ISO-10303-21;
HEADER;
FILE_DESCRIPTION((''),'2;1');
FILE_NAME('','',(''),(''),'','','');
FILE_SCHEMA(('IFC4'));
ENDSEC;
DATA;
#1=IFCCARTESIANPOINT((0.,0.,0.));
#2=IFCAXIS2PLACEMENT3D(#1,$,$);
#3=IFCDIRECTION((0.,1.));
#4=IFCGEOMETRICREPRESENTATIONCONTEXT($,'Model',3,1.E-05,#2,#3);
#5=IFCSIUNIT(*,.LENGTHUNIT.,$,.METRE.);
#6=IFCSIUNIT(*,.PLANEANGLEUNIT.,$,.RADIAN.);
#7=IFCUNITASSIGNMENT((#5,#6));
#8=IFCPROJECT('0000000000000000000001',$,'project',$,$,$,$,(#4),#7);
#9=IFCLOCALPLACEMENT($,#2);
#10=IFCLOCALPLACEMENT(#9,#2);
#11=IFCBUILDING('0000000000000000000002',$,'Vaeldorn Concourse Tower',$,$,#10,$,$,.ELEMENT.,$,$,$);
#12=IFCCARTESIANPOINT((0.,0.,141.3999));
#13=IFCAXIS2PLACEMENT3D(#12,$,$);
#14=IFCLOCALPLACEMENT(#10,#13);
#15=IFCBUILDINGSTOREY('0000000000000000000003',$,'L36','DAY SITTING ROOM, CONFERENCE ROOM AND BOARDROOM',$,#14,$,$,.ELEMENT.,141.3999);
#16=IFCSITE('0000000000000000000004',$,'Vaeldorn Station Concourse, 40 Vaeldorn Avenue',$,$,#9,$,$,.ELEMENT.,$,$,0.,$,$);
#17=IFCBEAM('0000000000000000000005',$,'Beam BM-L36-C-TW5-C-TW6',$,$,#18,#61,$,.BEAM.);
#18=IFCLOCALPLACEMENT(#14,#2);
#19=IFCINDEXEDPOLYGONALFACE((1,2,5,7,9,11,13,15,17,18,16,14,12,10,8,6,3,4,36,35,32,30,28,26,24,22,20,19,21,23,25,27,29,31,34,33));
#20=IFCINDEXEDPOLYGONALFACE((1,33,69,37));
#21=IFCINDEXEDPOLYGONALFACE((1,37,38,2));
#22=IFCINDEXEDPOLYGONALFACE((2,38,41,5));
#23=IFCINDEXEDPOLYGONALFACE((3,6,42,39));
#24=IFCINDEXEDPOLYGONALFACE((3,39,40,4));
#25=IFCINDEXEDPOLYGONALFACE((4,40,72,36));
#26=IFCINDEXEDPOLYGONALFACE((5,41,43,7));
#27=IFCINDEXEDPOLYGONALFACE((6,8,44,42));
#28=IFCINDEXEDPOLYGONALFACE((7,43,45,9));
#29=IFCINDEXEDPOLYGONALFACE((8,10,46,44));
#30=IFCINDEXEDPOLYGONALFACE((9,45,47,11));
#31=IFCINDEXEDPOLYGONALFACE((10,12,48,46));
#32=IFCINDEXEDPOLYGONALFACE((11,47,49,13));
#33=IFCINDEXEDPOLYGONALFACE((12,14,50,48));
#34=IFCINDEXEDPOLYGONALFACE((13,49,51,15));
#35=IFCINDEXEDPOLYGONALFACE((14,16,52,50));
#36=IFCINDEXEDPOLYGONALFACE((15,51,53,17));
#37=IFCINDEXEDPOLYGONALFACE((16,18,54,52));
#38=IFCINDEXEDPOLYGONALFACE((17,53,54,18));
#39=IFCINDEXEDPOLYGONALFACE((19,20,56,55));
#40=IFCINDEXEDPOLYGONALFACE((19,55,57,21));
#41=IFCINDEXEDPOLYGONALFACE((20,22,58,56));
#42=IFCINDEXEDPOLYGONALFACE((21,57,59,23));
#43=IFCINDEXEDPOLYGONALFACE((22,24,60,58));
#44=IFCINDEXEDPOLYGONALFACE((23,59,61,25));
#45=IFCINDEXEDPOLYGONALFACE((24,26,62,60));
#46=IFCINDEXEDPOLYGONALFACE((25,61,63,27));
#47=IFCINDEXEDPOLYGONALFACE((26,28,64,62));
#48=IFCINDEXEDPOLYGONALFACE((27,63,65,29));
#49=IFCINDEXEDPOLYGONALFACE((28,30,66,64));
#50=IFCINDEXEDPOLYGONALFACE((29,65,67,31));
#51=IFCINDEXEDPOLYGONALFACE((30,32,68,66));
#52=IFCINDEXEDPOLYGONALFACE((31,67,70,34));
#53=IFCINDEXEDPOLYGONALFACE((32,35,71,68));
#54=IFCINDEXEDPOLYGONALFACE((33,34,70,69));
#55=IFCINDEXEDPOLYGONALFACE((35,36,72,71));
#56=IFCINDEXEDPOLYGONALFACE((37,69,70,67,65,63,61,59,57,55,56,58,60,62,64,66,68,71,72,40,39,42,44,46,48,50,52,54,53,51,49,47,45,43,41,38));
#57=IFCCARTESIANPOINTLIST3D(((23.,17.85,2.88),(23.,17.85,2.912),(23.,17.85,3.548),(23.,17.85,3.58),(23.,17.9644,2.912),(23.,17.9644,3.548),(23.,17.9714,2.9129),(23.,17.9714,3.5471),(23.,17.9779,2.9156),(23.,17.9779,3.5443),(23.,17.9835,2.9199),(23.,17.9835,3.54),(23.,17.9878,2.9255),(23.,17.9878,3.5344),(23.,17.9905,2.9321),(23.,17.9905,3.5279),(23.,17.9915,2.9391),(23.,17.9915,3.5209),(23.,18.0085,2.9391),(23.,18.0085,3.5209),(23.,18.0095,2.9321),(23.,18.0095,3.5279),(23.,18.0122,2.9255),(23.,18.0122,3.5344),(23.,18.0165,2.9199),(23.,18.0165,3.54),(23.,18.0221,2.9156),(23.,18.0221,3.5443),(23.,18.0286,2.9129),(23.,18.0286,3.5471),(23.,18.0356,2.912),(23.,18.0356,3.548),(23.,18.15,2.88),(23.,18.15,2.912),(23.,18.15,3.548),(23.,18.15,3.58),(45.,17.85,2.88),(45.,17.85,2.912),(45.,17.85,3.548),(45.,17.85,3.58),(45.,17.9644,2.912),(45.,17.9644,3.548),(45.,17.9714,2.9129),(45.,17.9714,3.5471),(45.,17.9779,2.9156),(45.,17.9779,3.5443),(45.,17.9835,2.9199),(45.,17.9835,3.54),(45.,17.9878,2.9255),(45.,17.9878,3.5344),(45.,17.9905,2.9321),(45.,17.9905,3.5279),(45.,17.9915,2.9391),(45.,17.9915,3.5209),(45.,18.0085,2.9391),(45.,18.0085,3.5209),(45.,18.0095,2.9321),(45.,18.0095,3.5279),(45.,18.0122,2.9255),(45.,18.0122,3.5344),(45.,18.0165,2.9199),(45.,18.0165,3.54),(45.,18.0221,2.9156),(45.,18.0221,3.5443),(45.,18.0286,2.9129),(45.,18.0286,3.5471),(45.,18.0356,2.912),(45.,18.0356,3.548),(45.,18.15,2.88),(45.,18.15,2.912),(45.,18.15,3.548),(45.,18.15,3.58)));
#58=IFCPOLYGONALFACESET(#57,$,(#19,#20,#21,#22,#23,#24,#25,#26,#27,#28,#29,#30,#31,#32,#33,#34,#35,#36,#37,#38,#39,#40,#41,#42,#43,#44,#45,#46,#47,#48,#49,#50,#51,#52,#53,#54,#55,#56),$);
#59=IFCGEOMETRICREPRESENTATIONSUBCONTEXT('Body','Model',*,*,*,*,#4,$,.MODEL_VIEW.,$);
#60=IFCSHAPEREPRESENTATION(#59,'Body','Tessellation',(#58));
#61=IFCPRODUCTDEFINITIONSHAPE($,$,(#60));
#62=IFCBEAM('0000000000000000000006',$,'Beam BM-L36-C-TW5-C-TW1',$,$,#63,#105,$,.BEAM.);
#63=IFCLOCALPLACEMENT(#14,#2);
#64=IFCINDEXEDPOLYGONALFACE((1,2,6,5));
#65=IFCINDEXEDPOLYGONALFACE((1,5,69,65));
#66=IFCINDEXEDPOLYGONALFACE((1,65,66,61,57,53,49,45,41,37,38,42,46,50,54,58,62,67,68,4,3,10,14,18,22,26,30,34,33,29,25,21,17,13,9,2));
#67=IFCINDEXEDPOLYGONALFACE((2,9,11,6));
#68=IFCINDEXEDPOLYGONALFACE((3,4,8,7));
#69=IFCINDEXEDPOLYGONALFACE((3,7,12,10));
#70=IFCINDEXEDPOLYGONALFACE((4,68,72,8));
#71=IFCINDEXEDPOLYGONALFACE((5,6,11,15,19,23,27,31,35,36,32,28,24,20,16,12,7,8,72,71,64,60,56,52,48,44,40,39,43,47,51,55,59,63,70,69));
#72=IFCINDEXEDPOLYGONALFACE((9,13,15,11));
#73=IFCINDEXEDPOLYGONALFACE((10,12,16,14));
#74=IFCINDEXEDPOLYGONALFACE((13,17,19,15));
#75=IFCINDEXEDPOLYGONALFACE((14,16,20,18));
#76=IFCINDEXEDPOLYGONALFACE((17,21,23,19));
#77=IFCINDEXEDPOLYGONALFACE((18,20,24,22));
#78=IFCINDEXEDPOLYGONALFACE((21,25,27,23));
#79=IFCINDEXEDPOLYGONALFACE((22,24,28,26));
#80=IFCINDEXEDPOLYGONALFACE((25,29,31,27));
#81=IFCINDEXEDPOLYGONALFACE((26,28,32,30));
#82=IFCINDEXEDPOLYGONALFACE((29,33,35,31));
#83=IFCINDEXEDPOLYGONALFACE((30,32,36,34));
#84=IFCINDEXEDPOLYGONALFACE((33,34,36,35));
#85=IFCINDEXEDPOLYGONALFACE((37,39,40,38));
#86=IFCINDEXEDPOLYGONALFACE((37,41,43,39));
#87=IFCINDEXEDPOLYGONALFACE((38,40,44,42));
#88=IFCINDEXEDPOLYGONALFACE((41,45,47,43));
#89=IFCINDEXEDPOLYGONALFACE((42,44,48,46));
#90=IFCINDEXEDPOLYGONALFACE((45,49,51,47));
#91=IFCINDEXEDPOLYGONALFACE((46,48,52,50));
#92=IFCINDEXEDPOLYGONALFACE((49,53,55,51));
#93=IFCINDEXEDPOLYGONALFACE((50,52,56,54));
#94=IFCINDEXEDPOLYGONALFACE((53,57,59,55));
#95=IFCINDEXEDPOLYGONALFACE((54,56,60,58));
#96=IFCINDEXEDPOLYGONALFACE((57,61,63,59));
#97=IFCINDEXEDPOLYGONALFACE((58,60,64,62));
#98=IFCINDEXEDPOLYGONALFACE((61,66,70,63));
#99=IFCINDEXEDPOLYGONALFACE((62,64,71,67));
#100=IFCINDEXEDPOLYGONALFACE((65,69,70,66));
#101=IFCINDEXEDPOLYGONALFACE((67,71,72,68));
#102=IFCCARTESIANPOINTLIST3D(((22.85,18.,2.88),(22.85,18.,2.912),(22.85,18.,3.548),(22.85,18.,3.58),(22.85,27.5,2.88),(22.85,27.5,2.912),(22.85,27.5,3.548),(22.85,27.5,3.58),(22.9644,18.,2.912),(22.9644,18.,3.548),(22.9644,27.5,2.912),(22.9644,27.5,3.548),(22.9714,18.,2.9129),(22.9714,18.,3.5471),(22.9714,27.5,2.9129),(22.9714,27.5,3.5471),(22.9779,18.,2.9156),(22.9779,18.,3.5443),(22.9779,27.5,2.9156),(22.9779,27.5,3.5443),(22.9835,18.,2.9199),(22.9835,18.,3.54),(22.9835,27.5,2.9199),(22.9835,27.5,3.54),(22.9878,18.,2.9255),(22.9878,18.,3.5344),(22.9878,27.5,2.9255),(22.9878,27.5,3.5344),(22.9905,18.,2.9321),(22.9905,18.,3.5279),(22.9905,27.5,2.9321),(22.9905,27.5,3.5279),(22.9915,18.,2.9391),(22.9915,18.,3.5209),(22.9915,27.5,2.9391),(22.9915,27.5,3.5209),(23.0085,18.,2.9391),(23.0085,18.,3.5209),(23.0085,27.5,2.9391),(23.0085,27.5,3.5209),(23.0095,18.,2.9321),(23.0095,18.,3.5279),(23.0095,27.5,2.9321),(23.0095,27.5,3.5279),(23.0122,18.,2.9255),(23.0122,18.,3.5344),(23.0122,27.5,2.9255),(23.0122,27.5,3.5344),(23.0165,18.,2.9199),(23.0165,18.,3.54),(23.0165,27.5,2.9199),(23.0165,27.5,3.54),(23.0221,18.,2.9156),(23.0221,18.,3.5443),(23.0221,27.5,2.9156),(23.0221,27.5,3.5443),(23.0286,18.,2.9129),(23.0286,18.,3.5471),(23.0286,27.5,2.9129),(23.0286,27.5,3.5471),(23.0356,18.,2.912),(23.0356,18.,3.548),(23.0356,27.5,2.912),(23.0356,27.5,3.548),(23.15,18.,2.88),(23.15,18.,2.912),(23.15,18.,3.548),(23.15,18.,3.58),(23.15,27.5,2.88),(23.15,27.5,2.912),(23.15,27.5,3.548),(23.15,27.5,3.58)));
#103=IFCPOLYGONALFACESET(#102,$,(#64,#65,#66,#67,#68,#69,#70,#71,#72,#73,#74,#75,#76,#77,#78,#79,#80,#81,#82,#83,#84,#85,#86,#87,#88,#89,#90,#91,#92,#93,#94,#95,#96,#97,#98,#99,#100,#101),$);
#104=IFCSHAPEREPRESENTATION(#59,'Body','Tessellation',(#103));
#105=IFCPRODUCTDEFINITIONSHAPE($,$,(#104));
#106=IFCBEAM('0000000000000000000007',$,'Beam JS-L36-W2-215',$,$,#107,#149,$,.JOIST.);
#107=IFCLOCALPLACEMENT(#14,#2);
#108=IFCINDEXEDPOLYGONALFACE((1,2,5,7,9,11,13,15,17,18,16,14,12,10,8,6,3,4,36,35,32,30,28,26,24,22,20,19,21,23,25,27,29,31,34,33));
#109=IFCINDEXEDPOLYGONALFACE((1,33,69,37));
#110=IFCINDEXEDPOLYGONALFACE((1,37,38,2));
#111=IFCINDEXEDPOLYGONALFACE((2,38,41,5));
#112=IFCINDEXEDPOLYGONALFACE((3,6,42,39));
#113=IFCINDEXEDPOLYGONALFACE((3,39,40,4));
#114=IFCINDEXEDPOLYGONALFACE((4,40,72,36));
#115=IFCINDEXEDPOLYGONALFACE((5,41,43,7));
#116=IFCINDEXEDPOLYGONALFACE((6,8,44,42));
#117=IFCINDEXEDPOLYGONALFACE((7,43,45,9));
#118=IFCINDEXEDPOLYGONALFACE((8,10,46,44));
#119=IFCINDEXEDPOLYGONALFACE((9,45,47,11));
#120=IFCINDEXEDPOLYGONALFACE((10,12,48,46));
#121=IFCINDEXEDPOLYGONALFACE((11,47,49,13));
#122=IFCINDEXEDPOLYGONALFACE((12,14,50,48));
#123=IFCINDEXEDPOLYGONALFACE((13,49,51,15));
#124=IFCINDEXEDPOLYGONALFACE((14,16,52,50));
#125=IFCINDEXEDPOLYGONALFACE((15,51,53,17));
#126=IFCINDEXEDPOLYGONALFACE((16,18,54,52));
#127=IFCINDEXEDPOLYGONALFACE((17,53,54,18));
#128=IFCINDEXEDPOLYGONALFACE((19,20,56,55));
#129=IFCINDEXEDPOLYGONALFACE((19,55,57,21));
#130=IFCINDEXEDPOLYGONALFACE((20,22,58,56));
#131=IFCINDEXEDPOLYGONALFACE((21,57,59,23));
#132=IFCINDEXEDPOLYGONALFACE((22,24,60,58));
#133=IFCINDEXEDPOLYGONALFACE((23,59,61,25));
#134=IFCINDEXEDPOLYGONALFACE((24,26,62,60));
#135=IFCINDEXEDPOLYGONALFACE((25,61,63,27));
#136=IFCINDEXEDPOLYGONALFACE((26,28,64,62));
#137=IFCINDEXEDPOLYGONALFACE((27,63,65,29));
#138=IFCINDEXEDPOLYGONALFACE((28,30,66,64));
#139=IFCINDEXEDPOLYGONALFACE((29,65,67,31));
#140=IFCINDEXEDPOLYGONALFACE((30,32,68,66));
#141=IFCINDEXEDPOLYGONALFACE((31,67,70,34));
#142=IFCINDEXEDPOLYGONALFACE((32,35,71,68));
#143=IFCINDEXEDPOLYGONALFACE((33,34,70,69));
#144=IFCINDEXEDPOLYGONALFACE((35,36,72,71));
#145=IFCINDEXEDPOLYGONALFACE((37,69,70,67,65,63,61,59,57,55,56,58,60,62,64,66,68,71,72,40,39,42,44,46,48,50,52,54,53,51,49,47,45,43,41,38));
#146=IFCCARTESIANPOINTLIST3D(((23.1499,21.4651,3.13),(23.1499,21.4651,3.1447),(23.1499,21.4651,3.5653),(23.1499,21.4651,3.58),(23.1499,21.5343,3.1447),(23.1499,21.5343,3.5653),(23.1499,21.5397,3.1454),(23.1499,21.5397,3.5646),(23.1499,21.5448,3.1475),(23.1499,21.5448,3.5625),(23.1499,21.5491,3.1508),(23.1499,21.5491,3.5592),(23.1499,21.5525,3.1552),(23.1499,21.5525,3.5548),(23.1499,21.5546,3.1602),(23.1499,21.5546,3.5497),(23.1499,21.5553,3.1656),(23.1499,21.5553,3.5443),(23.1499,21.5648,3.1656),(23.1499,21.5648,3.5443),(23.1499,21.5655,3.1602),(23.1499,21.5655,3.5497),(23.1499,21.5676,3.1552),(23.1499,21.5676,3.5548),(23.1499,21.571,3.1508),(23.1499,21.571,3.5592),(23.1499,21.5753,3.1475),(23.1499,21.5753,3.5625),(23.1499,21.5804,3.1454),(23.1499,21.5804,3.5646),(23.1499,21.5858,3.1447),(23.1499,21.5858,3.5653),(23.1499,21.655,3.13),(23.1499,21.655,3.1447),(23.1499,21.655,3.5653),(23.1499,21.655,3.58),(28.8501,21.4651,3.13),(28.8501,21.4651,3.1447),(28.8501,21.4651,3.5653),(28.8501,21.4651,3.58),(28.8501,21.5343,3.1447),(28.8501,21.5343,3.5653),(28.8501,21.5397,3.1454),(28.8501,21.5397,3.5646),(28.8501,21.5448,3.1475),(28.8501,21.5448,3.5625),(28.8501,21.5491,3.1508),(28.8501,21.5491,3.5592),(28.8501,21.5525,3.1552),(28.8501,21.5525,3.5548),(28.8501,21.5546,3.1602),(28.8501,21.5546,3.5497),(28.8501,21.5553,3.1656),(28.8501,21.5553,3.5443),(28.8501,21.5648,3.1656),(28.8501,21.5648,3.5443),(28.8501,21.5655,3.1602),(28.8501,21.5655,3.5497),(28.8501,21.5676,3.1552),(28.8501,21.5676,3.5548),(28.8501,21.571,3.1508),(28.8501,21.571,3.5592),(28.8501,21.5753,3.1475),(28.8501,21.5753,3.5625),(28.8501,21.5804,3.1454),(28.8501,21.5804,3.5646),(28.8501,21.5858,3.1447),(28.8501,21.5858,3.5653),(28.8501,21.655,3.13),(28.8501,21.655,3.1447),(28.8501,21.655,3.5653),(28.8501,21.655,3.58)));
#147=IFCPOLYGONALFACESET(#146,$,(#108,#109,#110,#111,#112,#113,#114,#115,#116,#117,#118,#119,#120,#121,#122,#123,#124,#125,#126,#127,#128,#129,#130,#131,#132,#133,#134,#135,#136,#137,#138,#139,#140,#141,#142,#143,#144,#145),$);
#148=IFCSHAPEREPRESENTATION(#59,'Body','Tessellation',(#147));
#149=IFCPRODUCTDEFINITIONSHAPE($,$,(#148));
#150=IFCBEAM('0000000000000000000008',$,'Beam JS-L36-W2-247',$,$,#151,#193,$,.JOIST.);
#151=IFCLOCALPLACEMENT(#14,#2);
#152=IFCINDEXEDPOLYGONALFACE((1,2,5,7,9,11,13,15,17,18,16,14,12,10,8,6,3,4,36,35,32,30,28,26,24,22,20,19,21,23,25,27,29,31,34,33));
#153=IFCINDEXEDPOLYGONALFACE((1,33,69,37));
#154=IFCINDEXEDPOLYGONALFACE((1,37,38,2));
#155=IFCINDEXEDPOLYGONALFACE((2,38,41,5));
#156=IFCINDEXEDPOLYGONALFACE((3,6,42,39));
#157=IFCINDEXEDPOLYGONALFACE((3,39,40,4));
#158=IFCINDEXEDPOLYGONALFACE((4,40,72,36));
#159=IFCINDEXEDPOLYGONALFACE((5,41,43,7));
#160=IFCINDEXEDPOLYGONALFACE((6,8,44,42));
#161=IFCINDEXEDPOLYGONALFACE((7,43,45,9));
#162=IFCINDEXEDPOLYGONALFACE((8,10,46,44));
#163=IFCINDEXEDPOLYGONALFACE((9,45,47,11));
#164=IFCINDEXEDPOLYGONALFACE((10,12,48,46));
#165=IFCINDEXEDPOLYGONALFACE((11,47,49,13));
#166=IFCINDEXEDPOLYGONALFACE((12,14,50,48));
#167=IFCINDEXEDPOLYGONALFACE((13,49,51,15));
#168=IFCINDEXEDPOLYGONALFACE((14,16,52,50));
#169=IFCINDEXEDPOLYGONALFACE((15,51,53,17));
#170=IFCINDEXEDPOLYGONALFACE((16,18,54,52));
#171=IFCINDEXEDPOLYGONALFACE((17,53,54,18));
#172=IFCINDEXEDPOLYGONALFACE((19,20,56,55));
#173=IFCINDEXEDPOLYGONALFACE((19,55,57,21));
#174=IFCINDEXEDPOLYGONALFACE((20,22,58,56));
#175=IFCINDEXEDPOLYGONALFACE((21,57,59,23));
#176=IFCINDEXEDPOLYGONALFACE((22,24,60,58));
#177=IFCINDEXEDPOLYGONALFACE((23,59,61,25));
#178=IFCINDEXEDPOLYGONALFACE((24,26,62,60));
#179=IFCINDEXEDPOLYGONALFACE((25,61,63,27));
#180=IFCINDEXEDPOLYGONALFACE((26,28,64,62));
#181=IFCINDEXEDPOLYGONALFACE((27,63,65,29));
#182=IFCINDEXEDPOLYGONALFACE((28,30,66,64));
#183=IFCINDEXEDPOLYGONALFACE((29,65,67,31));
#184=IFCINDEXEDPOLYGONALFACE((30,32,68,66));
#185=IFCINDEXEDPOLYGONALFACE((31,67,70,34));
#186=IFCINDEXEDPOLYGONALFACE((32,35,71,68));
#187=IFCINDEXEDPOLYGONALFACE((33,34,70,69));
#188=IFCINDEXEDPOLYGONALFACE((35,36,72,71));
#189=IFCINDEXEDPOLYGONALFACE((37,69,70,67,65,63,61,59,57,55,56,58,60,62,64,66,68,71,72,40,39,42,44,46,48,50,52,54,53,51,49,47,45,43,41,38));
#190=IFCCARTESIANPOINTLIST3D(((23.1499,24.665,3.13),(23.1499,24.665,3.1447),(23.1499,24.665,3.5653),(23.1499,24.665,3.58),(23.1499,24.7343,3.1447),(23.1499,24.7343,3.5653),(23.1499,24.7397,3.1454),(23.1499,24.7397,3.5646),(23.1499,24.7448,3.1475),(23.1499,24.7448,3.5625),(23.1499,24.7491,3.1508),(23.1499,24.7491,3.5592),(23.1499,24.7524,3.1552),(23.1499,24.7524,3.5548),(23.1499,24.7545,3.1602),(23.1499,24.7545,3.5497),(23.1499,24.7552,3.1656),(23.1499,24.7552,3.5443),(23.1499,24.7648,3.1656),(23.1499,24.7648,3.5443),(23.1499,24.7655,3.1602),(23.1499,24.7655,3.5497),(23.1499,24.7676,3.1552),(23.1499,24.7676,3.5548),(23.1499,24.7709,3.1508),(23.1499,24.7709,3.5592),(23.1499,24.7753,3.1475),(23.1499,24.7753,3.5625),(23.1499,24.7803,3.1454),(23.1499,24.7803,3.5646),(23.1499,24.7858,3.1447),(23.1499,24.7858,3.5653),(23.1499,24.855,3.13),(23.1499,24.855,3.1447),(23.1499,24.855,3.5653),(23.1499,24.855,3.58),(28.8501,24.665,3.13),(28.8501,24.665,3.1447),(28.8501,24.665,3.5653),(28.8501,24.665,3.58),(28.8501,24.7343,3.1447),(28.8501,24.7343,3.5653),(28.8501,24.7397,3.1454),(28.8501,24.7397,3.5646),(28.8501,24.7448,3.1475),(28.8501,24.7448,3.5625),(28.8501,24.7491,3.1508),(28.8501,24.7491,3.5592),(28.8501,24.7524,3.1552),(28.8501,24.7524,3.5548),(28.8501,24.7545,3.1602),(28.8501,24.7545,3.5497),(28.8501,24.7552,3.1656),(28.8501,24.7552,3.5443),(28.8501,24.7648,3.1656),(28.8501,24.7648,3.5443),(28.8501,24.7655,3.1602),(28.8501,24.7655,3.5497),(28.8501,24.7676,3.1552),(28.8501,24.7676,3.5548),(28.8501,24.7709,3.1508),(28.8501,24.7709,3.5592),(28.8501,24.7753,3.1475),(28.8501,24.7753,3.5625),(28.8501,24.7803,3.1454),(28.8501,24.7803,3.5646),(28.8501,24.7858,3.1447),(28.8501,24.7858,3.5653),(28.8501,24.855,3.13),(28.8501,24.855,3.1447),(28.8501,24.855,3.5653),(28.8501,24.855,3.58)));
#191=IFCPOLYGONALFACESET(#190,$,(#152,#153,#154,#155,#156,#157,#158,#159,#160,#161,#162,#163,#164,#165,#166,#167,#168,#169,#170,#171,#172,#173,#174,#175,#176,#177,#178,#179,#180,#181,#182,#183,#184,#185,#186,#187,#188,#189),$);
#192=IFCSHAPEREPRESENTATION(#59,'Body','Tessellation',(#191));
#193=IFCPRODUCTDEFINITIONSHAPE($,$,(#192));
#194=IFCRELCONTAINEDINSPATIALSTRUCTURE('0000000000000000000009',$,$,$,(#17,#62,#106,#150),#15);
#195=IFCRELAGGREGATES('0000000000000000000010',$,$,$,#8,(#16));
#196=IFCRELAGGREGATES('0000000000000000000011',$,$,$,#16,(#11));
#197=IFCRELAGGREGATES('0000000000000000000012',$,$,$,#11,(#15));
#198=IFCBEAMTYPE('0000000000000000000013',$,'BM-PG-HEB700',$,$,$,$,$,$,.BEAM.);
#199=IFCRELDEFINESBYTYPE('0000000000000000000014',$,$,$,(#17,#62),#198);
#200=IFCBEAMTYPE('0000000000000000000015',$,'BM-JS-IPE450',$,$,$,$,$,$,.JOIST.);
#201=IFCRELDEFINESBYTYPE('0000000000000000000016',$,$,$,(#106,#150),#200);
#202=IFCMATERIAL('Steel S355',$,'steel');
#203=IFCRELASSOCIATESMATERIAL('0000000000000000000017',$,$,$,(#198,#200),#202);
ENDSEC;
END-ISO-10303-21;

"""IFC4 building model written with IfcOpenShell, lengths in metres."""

from ifc_helpers import new_model, si_unit, direction, frame, origin, origin_2d, place, context, subcontext, project, spatial, i_section, extrude, source, transform, mapped, material, material_profile, profile_set, type_object, element, save


model = new_model("IFC4")

# Units and contexts
model_context = context("Model", 3, precision=1e-05, world=origin(), true_north=direction((0.0, 1.0)))
body_context = subcontext(model_context, "Body", "Model", "MODEL_VIEW")
ifc_project = project(units=[si_unit("LENGTHUNIT", "METRE"), si_unit("PLANEANGLEUNIT", "RADIAN")], contexts=[model_context])

# Site, building, storey
site_placement = place(None, origin())
site = spatial("IfcSite", under=ifc_project, at=site_placement, Name="Vaeldorn Station Concourse, 40 Vaeldorn Avenue", CompositionType="ELEMENT", RefElevation=0.0)
building_placement = place(site_placement, origin())
building = spatial("IfcBuilding", under=site, at=building_placement, Name="Vaeldorn Concourse Tower", CompositionType="ELEMENT")
storey_placement = place(building_placement, frame((0.0, 0.0, 141.3999)))
storey = spatial("IfcBuildingStorey", under=building, at=storey_placement, Name="L36", Description="DAY SITTING ROOM, CONFERENCE ROOM AND BOARDROOM", CompositionType="ELEMENT", Elevation=141.3999)

# Beams
ifc_material_1 = material(Name="Steel S355", Category="steel")
ifc_material_profile_1 = material_profile(ifc_material_1, i_section(OverallWidth=0.3, OverallDepth=0.7, WebThickness=0.0171, FlangeThickness=0.032, FilletRadius=0.0271, at=origin_2d()), Name="HEB 700")
ifc_profile_set_1 = profile_set([ifc_material_profile_1], Name="Steel S355")
beam_type_1 = type_object("IfcBeamType", Name="BM-PG-HEB700", PredefinedType="BEAM", material=ifc_profile_set_1)
shared_shape_1 = source(origin(), body_context, "Body", "SweptSolid", [
    extrude(i_section(OverallWidth=0.3, OverallDepth=0.7, WebThickness=0.0171, FlangeThickness=0.032, FilletRadius=0.0271, at=origin_2d()), origin(), (0.0, 0.0, 1.0), 22.0),
])
beam_1_placement = place(storey_placement, frame((23.0, 18.0, 3.23), z_axis=(1.0, 0.0, 0.0), x_axis=(0.0, 1.0, 0.0)))
element("IfcBeam", 1, at=beam_1_placement, inside=storey, type_object=beam_type_1, Name="Beam BM-L36-C-TW5-C-TW6", PredefinedType="BEAM", context=body_context, shape_type="MappedRepresentation", body=[
    mapped(shared_shape_1, transform((0.0, 0.0, 0.0), scale=1.0)),
])
shared_shape_2 = source(origin(), body_context, "Body", "SweptSolid", [
    extrude(i_section(OverallWidth=0.3, OverallDepth=0.7, WebThickness=0.0171, FlangeThickness=0.032, FilletRadius=0.0271, at=origin_2d()), origin(), (0.0, 0.0, 1.0), 9.5),
])
beam_2_placement = place(storey_placement, frame((23.0, 18.0, 3.23), z_axis=(0.0, 1.0, 0.0), x_axis=(-1.0, 0.0, 0.0)))
element("IfcBeam", 2, at=beam_2_placement, inside=storey, type_object=beam_type_1, Name="Beam BM-L36-C-TW5-C-TW1", PredefinedType="BEAM", context=body_context, shape_type="MappedRepresentation", body=[
    mapped(shared_shape_2, transform((0.0, 0.0, 0.0), scale=1.0)),
])
ifc_material_profile_2 = material_profile(ifc_material_1, i_section(OverallWidth=0.1899, OverallDepth=0.45, WebThickness=0.0095, FlangeThickness=0.0146, FilletRadius=0.021, at=origin_2d()), Name="IPE 450")
ifc_profile_set_2 = profile_set([ifc_material_profile_2], Name="Steel S355")
beam_type_2 = type_object("IfcBeamType", Name="BM-JS-IPE450", PredefinedType="JOIST", material=ifc_profile_set_2)
shared_shape_3 = source(origin(), body_context, "Body", "SweptSolid", [
    extrude(i_section(OverallWidth=0.1899, OverallDepth=0.45, WebThickness=0.0095, FlangeThickness=0.0146, FilletRadius=0.021, at=origin_2d()), origin(), (0.0, 0.0, 1.0), 5.7002),
])
for number, where, z_axis, x_axis, name in (
    (3, (23.1499, 21.5601, 3.355), (1.0, 0.0, 0.0), (0.0, 1.0, 0.0), "Beam JS-L36-W2-215"),
    (4, (23.1499, 24.76, 3.355), (1.0, 0.0, 0.0), (0.0, 1.0, 0.0), "Beam JS-L36-W2-247"),
):
    element("IfcBeam", number, at=place(storey_placement, frame(where, z_axis=z_axis, x_axis=x_axis)), inside=storey, type_object=beam_type_2, Name=name, PredefinedType="JOIST", context=body_context, shape_type="MappedRepresentation", body=[
        mapped(shared_shape_3, transform((0.0, 0.0, 0.0), scale=1.0)),
    ])

save(model, "model.ifc")
